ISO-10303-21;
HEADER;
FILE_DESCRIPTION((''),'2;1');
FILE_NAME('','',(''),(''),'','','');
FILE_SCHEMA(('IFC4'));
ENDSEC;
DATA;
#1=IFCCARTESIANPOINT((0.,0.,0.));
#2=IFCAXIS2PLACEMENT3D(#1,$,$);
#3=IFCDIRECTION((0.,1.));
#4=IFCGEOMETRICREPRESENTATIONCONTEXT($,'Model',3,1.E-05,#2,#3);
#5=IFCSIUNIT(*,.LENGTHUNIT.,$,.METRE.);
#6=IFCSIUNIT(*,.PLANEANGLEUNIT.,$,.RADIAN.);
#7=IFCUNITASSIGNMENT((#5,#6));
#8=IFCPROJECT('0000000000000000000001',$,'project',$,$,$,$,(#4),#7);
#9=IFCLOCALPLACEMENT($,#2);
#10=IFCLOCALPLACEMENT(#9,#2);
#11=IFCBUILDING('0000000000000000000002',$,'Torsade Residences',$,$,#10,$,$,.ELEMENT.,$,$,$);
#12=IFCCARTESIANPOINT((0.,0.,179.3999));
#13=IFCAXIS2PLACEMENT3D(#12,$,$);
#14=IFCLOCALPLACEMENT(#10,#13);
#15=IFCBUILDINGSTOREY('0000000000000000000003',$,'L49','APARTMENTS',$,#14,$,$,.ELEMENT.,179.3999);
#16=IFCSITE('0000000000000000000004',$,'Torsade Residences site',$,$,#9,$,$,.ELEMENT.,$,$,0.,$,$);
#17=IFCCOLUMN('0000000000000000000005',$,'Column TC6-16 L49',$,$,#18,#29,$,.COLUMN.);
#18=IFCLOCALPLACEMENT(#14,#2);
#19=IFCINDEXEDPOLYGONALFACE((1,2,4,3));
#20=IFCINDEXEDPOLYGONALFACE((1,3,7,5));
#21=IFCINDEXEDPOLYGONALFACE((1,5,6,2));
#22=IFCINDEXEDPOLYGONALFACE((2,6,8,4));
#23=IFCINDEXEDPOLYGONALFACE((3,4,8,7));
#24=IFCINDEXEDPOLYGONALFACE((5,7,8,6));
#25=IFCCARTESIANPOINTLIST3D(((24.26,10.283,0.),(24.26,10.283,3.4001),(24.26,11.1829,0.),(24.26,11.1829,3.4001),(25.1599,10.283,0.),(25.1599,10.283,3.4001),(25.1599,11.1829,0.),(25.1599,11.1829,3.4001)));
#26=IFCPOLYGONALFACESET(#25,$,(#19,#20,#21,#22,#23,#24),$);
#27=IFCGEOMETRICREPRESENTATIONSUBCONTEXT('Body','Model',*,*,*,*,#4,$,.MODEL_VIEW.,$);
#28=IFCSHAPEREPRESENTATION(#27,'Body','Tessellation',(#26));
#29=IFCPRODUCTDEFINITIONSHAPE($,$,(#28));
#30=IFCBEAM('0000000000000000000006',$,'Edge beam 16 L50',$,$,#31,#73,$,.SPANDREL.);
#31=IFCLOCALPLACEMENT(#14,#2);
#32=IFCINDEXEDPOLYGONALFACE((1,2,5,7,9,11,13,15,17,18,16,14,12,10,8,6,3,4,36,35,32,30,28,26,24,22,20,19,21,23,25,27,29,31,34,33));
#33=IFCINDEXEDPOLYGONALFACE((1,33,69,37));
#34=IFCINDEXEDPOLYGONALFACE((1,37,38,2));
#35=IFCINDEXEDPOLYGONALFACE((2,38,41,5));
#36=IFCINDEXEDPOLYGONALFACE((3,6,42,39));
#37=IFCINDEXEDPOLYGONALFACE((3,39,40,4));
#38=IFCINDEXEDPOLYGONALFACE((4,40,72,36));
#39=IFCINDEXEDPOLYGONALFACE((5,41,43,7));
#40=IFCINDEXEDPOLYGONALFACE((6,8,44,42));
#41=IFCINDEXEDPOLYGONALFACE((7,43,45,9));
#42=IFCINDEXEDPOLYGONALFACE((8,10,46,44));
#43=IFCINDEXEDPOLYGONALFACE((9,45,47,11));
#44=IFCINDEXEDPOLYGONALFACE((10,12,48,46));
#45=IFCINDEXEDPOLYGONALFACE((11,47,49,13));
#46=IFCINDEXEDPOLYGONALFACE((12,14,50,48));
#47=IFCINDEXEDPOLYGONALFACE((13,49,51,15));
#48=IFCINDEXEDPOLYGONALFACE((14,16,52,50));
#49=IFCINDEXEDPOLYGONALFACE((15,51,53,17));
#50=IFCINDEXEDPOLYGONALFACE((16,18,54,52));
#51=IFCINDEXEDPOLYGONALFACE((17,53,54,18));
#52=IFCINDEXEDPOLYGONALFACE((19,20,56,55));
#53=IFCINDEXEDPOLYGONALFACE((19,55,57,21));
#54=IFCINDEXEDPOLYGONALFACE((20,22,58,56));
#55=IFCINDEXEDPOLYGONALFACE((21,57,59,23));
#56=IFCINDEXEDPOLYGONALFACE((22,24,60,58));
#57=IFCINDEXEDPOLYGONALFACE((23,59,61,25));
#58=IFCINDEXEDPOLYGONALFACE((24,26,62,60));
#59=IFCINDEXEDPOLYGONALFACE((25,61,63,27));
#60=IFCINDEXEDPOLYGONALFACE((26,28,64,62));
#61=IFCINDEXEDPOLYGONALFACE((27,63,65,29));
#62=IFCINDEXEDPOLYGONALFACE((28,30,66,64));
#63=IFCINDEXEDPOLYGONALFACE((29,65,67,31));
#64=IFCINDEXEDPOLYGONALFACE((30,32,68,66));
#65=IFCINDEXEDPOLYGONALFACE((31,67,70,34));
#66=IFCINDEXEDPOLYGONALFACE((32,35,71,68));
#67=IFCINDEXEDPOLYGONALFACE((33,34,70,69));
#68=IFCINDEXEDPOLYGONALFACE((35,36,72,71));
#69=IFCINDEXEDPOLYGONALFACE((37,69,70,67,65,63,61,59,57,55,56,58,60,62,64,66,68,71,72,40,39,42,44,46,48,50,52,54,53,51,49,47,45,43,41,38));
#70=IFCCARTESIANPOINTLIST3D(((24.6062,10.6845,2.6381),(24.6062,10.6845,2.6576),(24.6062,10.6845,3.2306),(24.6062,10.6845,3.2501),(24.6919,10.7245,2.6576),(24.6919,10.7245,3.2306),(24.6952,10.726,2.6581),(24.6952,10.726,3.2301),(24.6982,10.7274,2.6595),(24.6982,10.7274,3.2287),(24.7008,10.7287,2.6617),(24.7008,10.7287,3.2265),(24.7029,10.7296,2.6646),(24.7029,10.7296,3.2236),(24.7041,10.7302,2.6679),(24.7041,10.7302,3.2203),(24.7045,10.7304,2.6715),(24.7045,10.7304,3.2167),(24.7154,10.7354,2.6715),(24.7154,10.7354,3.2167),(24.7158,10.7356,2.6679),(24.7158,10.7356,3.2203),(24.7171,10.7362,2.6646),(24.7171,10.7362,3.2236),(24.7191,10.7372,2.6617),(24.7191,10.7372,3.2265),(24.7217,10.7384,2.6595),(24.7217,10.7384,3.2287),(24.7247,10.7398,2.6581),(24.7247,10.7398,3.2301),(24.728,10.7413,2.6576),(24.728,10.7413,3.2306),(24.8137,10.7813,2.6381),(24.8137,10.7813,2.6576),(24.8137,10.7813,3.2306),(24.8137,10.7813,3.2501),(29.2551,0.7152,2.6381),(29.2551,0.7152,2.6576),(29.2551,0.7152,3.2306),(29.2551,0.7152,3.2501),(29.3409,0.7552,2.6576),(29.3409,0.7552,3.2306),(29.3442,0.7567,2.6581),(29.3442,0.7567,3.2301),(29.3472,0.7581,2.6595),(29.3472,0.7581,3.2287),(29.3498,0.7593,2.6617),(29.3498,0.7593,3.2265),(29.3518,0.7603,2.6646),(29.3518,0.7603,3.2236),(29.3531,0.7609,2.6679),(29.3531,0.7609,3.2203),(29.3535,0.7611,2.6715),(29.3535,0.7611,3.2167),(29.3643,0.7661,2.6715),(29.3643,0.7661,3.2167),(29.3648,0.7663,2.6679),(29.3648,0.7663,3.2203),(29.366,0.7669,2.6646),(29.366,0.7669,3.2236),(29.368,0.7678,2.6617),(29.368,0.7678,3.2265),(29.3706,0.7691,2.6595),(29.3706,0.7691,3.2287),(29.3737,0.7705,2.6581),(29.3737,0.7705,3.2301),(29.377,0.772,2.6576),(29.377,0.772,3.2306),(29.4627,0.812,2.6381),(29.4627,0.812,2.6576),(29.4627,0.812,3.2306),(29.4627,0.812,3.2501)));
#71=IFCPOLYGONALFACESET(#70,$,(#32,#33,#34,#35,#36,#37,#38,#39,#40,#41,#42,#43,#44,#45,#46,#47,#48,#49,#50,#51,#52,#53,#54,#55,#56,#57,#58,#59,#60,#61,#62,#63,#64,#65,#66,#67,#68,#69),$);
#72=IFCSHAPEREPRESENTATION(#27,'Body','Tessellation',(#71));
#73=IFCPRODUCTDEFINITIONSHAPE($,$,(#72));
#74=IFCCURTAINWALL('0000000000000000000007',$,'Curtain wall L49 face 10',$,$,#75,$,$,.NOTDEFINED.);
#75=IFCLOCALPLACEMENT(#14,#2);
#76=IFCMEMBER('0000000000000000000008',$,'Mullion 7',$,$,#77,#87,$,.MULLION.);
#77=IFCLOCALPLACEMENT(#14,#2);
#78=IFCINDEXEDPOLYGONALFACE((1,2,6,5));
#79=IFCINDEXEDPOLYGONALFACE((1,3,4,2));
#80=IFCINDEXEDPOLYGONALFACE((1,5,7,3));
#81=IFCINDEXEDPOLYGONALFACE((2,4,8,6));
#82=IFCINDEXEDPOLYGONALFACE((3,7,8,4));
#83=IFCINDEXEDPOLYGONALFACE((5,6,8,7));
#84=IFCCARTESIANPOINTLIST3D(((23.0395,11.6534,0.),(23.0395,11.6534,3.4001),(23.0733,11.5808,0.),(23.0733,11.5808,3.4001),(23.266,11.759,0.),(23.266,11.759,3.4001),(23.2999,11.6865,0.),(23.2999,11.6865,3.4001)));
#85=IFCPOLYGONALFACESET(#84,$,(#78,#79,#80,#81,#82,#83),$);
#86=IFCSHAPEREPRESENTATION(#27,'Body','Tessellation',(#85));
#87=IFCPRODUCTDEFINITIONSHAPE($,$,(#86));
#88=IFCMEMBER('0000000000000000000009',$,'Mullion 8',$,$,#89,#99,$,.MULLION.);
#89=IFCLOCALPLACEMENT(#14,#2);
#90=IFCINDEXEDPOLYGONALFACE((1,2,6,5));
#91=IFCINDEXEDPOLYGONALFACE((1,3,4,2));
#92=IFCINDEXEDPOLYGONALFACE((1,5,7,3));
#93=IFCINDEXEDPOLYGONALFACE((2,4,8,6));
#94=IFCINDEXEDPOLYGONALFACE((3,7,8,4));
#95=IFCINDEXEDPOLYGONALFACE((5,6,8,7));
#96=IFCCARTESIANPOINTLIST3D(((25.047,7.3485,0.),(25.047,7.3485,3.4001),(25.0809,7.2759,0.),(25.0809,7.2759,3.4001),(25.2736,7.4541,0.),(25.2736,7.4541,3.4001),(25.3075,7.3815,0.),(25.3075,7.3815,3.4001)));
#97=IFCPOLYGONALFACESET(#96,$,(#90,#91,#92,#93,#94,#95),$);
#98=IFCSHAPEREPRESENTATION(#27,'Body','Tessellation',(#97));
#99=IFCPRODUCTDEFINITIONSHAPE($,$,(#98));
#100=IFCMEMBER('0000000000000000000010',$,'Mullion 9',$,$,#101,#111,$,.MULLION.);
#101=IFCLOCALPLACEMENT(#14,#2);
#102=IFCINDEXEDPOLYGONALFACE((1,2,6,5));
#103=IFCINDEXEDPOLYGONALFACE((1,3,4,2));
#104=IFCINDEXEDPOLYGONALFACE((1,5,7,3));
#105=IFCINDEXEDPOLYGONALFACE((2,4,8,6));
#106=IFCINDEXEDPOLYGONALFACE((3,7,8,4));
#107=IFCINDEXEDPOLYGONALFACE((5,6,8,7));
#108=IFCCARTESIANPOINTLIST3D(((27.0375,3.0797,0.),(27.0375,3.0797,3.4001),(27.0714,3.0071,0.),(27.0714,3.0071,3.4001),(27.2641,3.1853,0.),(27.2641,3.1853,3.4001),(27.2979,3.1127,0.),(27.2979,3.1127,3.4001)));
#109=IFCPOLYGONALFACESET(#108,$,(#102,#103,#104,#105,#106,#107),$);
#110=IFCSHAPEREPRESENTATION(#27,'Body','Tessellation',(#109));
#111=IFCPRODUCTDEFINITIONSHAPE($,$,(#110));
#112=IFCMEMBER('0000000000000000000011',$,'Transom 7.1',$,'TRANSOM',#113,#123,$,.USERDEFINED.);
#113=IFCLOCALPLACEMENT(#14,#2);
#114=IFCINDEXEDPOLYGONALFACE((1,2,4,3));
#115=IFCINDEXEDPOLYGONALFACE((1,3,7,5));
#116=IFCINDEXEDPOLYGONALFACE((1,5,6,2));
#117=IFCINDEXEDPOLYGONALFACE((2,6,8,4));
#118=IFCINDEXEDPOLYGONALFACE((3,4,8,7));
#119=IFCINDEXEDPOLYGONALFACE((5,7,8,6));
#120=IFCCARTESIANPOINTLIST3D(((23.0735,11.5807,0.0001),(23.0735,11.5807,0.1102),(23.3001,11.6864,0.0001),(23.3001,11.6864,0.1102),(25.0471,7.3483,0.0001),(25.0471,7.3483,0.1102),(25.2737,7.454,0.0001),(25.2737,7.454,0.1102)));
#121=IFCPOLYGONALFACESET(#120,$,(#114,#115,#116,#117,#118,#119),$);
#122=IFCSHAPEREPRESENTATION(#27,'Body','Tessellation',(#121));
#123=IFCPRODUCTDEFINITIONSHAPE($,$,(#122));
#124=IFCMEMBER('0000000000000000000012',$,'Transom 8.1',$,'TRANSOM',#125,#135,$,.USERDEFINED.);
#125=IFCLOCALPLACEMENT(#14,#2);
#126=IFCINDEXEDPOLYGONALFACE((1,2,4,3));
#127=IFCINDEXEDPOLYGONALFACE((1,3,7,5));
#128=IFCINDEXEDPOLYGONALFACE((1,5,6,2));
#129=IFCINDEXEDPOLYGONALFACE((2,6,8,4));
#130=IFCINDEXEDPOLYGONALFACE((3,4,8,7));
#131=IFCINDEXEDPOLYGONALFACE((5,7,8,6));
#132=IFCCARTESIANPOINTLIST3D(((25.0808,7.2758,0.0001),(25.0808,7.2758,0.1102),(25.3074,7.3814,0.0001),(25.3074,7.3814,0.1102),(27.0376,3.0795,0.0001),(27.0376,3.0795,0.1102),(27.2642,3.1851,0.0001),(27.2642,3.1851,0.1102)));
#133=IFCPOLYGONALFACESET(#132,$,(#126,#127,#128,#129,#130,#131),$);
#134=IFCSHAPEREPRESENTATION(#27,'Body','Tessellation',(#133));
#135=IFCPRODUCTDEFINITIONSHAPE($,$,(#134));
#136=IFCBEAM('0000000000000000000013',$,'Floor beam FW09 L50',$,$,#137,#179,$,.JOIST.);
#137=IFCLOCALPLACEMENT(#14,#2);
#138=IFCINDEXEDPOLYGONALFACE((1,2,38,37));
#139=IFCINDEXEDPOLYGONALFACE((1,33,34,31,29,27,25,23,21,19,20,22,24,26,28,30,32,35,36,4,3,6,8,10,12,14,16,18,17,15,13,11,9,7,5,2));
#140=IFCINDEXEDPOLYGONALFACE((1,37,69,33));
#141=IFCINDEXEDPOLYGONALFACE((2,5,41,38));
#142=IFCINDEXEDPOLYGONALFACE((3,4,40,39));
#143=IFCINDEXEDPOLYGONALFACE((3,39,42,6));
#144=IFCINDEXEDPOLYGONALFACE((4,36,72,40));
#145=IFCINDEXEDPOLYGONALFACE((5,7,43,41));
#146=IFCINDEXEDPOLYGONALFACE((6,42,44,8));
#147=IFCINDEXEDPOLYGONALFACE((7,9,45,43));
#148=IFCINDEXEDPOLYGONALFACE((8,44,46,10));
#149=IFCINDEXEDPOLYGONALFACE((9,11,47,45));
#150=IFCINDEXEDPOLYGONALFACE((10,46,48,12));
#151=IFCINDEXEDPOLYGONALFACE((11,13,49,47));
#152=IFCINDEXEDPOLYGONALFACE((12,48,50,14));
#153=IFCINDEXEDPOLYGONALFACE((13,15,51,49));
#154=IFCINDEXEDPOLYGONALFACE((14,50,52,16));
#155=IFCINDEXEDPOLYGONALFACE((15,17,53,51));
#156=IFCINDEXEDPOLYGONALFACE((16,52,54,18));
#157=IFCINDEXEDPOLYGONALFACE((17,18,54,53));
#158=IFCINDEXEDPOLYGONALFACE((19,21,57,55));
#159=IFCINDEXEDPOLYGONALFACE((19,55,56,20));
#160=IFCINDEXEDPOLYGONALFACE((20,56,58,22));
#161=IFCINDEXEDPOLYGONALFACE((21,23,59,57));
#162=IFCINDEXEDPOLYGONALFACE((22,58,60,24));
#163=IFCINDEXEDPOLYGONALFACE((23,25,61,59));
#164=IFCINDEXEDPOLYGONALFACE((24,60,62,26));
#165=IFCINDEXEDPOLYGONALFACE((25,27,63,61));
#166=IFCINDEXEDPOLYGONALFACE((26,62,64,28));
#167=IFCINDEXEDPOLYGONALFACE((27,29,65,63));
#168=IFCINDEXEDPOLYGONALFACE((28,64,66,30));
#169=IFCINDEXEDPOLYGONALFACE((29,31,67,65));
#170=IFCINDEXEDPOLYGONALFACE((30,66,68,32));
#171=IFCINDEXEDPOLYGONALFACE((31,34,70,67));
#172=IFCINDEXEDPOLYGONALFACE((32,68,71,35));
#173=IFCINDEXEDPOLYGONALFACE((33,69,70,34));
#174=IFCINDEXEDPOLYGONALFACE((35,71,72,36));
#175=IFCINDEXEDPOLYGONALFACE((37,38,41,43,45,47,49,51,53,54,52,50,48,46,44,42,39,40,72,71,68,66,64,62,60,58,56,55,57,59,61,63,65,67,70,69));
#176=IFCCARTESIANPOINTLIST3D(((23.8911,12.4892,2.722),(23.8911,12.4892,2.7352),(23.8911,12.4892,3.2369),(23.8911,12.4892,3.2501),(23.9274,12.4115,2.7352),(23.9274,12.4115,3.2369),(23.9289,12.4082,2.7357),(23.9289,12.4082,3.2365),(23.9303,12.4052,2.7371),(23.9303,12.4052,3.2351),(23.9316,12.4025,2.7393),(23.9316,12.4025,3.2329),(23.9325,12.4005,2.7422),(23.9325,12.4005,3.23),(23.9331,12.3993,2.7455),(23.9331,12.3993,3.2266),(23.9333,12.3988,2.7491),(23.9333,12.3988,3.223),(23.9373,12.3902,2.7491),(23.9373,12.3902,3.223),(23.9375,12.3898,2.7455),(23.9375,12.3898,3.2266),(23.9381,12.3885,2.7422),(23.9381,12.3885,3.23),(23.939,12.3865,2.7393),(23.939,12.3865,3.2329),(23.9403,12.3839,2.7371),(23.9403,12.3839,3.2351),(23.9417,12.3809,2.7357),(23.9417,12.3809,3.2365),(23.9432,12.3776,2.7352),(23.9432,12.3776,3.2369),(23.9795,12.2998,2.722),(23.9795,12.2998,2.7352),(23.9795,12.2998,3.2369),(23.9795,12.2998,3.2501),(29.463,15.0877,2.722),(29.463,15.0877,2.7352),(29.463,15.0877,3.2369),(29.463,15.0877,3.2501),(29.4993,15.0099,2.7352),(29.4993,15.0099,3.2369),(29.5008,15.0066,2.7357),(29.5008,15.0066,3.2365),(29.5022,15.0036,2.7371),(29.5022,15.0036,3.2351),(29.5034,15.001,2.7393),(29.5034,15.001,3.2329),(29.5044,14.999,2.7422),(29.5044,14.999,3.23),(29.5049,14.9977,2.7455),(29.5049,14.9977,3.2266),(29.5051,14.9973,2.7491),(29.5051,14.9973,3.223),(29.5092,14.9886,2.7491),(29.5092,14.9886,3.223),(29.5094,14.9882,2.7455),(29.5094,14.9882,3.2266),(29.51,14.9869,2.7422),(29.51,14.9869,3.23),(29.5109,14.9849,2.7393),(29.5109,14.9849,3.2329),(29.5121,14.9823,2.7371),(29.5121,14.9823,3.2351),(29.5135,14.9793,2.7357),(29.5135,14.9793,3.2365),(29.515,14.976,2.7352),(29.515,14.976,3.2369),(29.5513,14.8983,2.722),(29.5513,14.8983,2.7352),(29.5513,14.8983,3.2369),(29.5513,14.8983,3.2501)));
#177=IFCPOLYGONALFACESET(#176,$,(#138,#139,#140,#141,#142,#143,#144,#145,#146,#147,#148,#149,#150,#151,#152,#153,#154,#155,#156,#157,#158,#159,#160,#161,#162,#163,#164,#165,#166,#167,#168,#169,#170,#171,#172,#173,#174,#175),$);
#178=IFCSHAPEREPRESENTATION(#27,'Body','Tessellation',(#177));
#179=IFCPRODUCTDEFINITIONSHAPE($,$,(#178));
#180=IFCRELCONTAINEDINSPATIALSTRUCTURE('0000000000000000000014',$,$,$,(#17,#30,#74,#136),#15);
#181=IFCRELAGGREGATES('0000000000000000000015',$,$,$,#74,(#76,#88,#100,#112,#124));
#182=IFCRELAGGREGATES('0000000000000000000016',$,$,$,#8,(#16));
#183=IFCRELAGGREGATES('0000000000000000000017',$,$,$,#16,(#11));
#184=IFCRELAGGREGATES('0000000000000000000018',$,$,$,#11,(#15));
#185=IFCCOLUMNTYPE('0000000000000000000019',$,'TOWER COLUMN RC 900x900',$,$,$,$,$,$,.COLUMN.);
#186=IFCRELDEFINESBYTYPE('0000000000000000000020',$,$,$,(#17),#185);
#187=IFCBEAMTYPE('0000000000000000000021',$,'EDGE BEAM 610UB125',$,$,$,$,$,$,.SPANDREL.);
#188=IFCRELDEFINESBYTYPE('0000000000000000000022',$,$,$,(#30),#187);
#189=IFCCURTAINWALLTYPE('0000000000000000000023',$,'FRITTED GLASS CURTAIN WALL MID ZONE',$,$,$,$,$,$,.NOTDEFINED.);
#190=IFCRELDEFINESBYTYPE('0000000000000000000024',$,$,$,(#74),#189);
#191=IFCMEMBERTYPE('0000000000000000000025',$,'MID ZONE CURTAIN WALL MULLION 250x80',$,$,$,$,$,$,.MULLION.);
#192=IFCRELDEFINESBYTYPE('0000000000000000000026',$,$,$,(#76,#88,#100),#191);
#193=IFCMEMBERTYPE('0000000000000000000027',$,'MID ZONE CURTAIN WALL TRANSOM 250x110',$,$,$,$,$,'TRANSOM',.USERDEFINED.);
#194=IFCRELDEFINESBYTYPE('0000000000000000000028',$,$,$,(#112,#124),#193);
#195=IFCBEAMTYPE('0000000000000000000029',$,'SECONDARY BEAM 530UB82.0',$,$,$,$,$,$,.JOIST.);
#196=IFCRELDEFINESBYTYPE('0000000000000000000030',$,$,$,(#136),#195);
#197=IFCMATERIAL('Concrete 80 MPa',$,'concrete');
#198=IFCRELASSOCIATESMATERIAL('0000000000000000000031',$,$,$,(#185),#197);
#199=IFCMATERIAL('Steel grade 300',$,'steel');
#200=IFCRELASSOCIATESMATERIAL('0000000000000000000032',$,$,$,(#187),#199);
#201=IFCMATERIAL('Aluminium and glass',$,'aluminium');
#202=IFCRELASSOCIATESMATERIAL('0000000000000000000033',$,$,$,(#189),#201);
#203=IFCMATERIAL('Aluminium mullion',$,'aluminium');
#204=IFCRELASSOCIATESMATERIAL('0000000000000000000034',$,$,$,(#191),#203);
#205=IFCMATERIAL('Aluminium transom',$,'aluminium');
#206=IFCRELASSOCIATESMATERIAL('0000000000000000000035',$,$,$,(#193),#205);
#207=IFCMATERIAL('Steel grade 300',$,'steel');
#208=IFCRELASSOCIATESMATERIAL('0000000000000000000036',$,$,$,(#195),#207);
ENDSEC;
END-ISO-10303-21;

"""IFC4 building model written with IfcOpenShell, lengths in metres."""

from ifc_helpers import new_model, si_unit, direction, frame, origin, origin_2d, place, context, subcontext, project, spatial, rectangle, i_section, extrude, material, material_profile, profile_set, type_object, element, aggregate, save


model = new_model("IFC4")

# Units and contexts
model_context = context("Model", 3, precision=1e-05, world=origin(), true_north=direction((0.0, 1.0)))
body_context = subcontext(model_context, "Body", "Model", "MODEL_VIEW")
ifc_project = project(units=[si_unit("LENGTHUNIT", "METRE"), si_unit("PLANEANGLEUNIT", "RADIAN")], contexts=[model_context])

# Site, building, storey
site_placement = place(None, origin())
site = spatial("IfcSite", under=ifc_project, at=site_placement, Name="Torsade Residences site", CompositionType="ELEMENT", RefElevation=0.0)
building_placement = place(site_placement, origin())
building = spatial("IfcBuilding", under=site, at=building_placement, Name="Torsade Residences", CompositionType="ELEMENT")
storey_placement = place(building_placement, frame((0.0, 0.0, 179.3999)))
storey = spatial("IfcBuildingStorey", under=building, at=storey_placement, Name="L49", Description="APARTMENTS", CompositionType="ELEMENT", Elevation=179.3999)

# Column
ifc_material_1 = material(Name="Concrete 80 MPa", Category="concrete")
ifc_material_profile_1 = material_profile(ifc_material_1, rectangle(XDim=0.8999, YDim=0.8999, at=origin_2d()), Name="RC 900x900")
ifc_profile_set_1 = profile_set([ifc_material_profile_1], Name="Concrete 80 MPa")
column_type = type_object("IfcColumnType", Name="TOWER COLUMN RC 900x900", PredefinedType="COLUMN", material=ifc_profile_set_1)
column_placement = place(storey_placement, frame((24.71, 10.7329, 0.0), z_axis=(0.0, 0.0, 1.0), x_axis=(1.0, 0.0, 0.0)))
element("IfcColumn", 1, at=column_placement, inside=storey, type_object=column_type, Name="Column TC6-16 L49", PredefinedType="COLUMN", context=body_context, shape_type="SweptSolid", body=[
    extrude(rectangle(XDim=0.8999, YDim=0.8999, at=origin_2d()), origin(), (0.0, 0.0, 1.0), 3.4001),
])

# Beam
ifc_material_2 = material(Name="Steel grade 300", Category="steel")
ifc_material_profile_2 = material_profile(ifc_material_2, i_section(OverallWidth=0.229, OverallDepth=0.6121, WebThickness=0.012, FlangeThickness=0.0195, FilletRadius=0.0139, at=origin_2d()), Name="610UB125")
ifc_profile_set_2 = profile_set([ifc_material_profile_2], Name="Steel grade 300")
beam_type_1 = type_object("IfcBeamType", Name="EDGE BEAM 610UB125", PredefinedType="SPANDREL", material=ifc_profile_set_2)
beam_1_placement = place(storey_placement, frame((24.71, 10.7329, 2.9441), z_axis=(0.422633, -0.906301, 0.0), x_axis=(0.906301, 0.422633, 0.0)))
element("IfcBeam", 2, at=beam_1_placement, inside=storey, type_object=beam_type_1, Name="Edge beam 16 L50", PredefinedType="SPANDREL", context=body_context, shape_type="SweptSolid", body=[
    extrude(i_section(OverallWidth=0.229, OverallDepth=0.6121, WebThickness=0.012, FlangeThickness=0.0195, FilletRadius=0.0139, at=origin_2d()), origin(), (0.0, 0.0, 1.0), 11.0),
])

# Curtain wall, members
ifc_material_3 = material(Name="Aluminium and glass", Category="aluminium")
curtain_wall_type = type_object("IfcCurtainWallType", Name="FRITTED GLASS CURTAIN WALL MID ZONE", PredefinedType="NOTDEFINED", material=ifc_material_3)
curtain_wall_placement = place(storey_placement, origin())
curtain_wall = element("IfcCurtainWall", 3, at=curtain_wall_placement, inside=storey, type_object=curtain_wall_type, Name="Curtain wall L49 face 10", PredefinedType="NOTDEFINED")
ifc_material_4 = material(Name="Aluminium mullion", Category="aluminium")
ifc_material_profile_3 = material_profile(ifc_material_4, rectangle(XDim=0.25, YDim=0.0801, at=origin_2d()), Name="MID ZONE CURTAIN WALL MULLION 250x80")
ifc_profile_set_3 = profile_set([ifc_material_profile_3], Name="Aluminium mullion")
member_type_1 = type_object("IfcMemberType", Name="MID ZONE CURTAIN WALL MULLION 250x80", PredefinedType="MULLION", material=ifc_profile_set_3)
member_1_placement = place(storey_placement, frame((23.1697, 11.6699, 0.0), z_axis=(0.0, 0.0, 1.0), x_axis=(0.906308, 0.422618, 0.0)))
member_1 = element("IfcMember", 4, at=member_1_placement, type_object=member_type_1, Name="Mullion 7", PredefinedType="MULLION", context=body_context, shape_type="SweptSolid", body=[
    extrude(rectangle(XDim=0.25, YDim=0.0801, at=origin_2d()), origin(), (0.0, 0.0, 1.0), 3.4001),
])
member_2_placement = place(storey_placement, frame((25.1772, 7.365, 0.0), z_axis=(0.0, 0.0, 1.0), x_axis=(0.906308, 0.422618, 0.0)))
member_2 = element("IfcMember", 5, at=member_2_placement, type_object=member_type_1, Name="Mullion 8", PredefinedType="MULLION", context=body_context, shape_type="SweptSolid", body=[
    extrude(rectangle(XDim=0.25, YDim=0.0801, at=origin_2d()), origin(), (0.0, 0.0, 1.0), 3.4001),
])
member_3_placement = place(storey_placement, frame((27.1677, 3.0962, 0.0), z_axis=(0.0, 0.0, 1.0), x_axis=(0.906308, 0.422618, 0.0)))
member_3 = element("IfcMember", 6, at=member_3_placement, type_object=member_type_1, Name="Mullion 9", PredefinedType="MULLION", context=body_context, shape_type="SweptSolid", body=[
    extrude(rectangle(XDim=0.25, YDim=0.0801, at=origin_2d()), origin(), (0.0, 0.0, 1.0), 3.4001),
])
ifc_material_5 = material(Name="Aluminium transom", Category="aluminium")
ifc_material_profile_4 = material_profile(ifc_material_5, rectangle(XDim=0.25, YDim=0.1101, at=origin_2d()), Name="MID ZONE CURTAIN WALL TRANSOM 250x110")
ifc_profile_set_4 = profile_set([ifc_material_profile_4], Name="Aluminium transom")
member_type_2 = type_object("IfcMemberType", Name="MID ZONE CURTAIN WALL TRANSOM 250x110", ElementType="TRANSOM", PredefinedType="USERDEFINED", material=ifc_profile_set_4)
member_4_placement = place(storey_placement, frame((23.1868, 11.6335, 0.0552), z_axis=(0.422622, -0.906306, 0.0), x_axis=(0.906306, 0.422622, 0.0)))
member_4 = element("IfcMember", 7, at=member_4_placement, type_object=member_type_2, Name="Transom 7.1", ObjectType="TRANSOM", PredefinedType="USERDEFINED", context=body_context, shape_type="SweptSolid", body=[
    extrude(rectangle(XDim=0.25, YDim=0.1101, at=origin_2d()), origin(), (0.0, 0.0, 1.0), 4.6699),
])
member_5_placement = place(storey_placement, frame((25.1941, 7.3286, 0.0552), z_axis=(0.422623, -0.906306, 0.0), x_axis=(0.906306, 0.422623, 0.0)))
member_5 = element("IfcMember", 8, at=member_5_placement, type_object=member_type_2, Name="Transom 8.1", ObjectType="TRANSOM", PredefinedType="USERDEFINED", context=body_context, shape_type="SweptSolid", body=[
    extrude(rectangle(XDim=0.25, YDim=0.1101, at=origin_2d()), origin(), (0.0, 0.0, 1.0), 4.6301),
])

# Beam
ifc_material_6 = material(Name="Steel grade 300", Category="steel")
ifc_material_profile_5 = material_profile(ifc_material_6, i_section(OverallWidth=0.209, OverallDepth=0.5281, WebThickness=0.0095, FlangeThickness=0.0132, FilletRadius=0.0139, at=origin_2d()), Name="530UB82.0")
ifc_profile_set_5 = profile_set([ifc_material_profile_5], Name="Steel grade 300")
beam_type_2 = type_object("IfcBeamType", Name="SECONDARY BEAM 530UB82.0", PredefinedType="JOIST", material=ifc_profile_set_5)
beam_2_placement = place(storey_placement, frame((23.9353, 12.3945, 2.9861), z_axis=(0.906294, 0.422648, 0.0), x_axis=(-0.422648, 0.906294, 0.0)))
element("IfcBeam", 9, at=beam_2_placement, inside=storey, type_object=beam_type_2, Name="Floor beam FW09 L50", PredefinedType="JOIST", context=body_context, shape_type="SweptSolid", body=[
    extrude(i_section(OverallWidth=0.209, OverallDepth=0.5281, WebThickness=0.0095, FlangeThickness=0.0132, FilletRadius=0.0139, at=origin_2d()), origin(), (0.0, 0.0, 1.0), 6.1479),
])

aggregate(curtain_wall, [member_1, member_2, member_3, member_4, member_5])

save(model, "model.ifc")
